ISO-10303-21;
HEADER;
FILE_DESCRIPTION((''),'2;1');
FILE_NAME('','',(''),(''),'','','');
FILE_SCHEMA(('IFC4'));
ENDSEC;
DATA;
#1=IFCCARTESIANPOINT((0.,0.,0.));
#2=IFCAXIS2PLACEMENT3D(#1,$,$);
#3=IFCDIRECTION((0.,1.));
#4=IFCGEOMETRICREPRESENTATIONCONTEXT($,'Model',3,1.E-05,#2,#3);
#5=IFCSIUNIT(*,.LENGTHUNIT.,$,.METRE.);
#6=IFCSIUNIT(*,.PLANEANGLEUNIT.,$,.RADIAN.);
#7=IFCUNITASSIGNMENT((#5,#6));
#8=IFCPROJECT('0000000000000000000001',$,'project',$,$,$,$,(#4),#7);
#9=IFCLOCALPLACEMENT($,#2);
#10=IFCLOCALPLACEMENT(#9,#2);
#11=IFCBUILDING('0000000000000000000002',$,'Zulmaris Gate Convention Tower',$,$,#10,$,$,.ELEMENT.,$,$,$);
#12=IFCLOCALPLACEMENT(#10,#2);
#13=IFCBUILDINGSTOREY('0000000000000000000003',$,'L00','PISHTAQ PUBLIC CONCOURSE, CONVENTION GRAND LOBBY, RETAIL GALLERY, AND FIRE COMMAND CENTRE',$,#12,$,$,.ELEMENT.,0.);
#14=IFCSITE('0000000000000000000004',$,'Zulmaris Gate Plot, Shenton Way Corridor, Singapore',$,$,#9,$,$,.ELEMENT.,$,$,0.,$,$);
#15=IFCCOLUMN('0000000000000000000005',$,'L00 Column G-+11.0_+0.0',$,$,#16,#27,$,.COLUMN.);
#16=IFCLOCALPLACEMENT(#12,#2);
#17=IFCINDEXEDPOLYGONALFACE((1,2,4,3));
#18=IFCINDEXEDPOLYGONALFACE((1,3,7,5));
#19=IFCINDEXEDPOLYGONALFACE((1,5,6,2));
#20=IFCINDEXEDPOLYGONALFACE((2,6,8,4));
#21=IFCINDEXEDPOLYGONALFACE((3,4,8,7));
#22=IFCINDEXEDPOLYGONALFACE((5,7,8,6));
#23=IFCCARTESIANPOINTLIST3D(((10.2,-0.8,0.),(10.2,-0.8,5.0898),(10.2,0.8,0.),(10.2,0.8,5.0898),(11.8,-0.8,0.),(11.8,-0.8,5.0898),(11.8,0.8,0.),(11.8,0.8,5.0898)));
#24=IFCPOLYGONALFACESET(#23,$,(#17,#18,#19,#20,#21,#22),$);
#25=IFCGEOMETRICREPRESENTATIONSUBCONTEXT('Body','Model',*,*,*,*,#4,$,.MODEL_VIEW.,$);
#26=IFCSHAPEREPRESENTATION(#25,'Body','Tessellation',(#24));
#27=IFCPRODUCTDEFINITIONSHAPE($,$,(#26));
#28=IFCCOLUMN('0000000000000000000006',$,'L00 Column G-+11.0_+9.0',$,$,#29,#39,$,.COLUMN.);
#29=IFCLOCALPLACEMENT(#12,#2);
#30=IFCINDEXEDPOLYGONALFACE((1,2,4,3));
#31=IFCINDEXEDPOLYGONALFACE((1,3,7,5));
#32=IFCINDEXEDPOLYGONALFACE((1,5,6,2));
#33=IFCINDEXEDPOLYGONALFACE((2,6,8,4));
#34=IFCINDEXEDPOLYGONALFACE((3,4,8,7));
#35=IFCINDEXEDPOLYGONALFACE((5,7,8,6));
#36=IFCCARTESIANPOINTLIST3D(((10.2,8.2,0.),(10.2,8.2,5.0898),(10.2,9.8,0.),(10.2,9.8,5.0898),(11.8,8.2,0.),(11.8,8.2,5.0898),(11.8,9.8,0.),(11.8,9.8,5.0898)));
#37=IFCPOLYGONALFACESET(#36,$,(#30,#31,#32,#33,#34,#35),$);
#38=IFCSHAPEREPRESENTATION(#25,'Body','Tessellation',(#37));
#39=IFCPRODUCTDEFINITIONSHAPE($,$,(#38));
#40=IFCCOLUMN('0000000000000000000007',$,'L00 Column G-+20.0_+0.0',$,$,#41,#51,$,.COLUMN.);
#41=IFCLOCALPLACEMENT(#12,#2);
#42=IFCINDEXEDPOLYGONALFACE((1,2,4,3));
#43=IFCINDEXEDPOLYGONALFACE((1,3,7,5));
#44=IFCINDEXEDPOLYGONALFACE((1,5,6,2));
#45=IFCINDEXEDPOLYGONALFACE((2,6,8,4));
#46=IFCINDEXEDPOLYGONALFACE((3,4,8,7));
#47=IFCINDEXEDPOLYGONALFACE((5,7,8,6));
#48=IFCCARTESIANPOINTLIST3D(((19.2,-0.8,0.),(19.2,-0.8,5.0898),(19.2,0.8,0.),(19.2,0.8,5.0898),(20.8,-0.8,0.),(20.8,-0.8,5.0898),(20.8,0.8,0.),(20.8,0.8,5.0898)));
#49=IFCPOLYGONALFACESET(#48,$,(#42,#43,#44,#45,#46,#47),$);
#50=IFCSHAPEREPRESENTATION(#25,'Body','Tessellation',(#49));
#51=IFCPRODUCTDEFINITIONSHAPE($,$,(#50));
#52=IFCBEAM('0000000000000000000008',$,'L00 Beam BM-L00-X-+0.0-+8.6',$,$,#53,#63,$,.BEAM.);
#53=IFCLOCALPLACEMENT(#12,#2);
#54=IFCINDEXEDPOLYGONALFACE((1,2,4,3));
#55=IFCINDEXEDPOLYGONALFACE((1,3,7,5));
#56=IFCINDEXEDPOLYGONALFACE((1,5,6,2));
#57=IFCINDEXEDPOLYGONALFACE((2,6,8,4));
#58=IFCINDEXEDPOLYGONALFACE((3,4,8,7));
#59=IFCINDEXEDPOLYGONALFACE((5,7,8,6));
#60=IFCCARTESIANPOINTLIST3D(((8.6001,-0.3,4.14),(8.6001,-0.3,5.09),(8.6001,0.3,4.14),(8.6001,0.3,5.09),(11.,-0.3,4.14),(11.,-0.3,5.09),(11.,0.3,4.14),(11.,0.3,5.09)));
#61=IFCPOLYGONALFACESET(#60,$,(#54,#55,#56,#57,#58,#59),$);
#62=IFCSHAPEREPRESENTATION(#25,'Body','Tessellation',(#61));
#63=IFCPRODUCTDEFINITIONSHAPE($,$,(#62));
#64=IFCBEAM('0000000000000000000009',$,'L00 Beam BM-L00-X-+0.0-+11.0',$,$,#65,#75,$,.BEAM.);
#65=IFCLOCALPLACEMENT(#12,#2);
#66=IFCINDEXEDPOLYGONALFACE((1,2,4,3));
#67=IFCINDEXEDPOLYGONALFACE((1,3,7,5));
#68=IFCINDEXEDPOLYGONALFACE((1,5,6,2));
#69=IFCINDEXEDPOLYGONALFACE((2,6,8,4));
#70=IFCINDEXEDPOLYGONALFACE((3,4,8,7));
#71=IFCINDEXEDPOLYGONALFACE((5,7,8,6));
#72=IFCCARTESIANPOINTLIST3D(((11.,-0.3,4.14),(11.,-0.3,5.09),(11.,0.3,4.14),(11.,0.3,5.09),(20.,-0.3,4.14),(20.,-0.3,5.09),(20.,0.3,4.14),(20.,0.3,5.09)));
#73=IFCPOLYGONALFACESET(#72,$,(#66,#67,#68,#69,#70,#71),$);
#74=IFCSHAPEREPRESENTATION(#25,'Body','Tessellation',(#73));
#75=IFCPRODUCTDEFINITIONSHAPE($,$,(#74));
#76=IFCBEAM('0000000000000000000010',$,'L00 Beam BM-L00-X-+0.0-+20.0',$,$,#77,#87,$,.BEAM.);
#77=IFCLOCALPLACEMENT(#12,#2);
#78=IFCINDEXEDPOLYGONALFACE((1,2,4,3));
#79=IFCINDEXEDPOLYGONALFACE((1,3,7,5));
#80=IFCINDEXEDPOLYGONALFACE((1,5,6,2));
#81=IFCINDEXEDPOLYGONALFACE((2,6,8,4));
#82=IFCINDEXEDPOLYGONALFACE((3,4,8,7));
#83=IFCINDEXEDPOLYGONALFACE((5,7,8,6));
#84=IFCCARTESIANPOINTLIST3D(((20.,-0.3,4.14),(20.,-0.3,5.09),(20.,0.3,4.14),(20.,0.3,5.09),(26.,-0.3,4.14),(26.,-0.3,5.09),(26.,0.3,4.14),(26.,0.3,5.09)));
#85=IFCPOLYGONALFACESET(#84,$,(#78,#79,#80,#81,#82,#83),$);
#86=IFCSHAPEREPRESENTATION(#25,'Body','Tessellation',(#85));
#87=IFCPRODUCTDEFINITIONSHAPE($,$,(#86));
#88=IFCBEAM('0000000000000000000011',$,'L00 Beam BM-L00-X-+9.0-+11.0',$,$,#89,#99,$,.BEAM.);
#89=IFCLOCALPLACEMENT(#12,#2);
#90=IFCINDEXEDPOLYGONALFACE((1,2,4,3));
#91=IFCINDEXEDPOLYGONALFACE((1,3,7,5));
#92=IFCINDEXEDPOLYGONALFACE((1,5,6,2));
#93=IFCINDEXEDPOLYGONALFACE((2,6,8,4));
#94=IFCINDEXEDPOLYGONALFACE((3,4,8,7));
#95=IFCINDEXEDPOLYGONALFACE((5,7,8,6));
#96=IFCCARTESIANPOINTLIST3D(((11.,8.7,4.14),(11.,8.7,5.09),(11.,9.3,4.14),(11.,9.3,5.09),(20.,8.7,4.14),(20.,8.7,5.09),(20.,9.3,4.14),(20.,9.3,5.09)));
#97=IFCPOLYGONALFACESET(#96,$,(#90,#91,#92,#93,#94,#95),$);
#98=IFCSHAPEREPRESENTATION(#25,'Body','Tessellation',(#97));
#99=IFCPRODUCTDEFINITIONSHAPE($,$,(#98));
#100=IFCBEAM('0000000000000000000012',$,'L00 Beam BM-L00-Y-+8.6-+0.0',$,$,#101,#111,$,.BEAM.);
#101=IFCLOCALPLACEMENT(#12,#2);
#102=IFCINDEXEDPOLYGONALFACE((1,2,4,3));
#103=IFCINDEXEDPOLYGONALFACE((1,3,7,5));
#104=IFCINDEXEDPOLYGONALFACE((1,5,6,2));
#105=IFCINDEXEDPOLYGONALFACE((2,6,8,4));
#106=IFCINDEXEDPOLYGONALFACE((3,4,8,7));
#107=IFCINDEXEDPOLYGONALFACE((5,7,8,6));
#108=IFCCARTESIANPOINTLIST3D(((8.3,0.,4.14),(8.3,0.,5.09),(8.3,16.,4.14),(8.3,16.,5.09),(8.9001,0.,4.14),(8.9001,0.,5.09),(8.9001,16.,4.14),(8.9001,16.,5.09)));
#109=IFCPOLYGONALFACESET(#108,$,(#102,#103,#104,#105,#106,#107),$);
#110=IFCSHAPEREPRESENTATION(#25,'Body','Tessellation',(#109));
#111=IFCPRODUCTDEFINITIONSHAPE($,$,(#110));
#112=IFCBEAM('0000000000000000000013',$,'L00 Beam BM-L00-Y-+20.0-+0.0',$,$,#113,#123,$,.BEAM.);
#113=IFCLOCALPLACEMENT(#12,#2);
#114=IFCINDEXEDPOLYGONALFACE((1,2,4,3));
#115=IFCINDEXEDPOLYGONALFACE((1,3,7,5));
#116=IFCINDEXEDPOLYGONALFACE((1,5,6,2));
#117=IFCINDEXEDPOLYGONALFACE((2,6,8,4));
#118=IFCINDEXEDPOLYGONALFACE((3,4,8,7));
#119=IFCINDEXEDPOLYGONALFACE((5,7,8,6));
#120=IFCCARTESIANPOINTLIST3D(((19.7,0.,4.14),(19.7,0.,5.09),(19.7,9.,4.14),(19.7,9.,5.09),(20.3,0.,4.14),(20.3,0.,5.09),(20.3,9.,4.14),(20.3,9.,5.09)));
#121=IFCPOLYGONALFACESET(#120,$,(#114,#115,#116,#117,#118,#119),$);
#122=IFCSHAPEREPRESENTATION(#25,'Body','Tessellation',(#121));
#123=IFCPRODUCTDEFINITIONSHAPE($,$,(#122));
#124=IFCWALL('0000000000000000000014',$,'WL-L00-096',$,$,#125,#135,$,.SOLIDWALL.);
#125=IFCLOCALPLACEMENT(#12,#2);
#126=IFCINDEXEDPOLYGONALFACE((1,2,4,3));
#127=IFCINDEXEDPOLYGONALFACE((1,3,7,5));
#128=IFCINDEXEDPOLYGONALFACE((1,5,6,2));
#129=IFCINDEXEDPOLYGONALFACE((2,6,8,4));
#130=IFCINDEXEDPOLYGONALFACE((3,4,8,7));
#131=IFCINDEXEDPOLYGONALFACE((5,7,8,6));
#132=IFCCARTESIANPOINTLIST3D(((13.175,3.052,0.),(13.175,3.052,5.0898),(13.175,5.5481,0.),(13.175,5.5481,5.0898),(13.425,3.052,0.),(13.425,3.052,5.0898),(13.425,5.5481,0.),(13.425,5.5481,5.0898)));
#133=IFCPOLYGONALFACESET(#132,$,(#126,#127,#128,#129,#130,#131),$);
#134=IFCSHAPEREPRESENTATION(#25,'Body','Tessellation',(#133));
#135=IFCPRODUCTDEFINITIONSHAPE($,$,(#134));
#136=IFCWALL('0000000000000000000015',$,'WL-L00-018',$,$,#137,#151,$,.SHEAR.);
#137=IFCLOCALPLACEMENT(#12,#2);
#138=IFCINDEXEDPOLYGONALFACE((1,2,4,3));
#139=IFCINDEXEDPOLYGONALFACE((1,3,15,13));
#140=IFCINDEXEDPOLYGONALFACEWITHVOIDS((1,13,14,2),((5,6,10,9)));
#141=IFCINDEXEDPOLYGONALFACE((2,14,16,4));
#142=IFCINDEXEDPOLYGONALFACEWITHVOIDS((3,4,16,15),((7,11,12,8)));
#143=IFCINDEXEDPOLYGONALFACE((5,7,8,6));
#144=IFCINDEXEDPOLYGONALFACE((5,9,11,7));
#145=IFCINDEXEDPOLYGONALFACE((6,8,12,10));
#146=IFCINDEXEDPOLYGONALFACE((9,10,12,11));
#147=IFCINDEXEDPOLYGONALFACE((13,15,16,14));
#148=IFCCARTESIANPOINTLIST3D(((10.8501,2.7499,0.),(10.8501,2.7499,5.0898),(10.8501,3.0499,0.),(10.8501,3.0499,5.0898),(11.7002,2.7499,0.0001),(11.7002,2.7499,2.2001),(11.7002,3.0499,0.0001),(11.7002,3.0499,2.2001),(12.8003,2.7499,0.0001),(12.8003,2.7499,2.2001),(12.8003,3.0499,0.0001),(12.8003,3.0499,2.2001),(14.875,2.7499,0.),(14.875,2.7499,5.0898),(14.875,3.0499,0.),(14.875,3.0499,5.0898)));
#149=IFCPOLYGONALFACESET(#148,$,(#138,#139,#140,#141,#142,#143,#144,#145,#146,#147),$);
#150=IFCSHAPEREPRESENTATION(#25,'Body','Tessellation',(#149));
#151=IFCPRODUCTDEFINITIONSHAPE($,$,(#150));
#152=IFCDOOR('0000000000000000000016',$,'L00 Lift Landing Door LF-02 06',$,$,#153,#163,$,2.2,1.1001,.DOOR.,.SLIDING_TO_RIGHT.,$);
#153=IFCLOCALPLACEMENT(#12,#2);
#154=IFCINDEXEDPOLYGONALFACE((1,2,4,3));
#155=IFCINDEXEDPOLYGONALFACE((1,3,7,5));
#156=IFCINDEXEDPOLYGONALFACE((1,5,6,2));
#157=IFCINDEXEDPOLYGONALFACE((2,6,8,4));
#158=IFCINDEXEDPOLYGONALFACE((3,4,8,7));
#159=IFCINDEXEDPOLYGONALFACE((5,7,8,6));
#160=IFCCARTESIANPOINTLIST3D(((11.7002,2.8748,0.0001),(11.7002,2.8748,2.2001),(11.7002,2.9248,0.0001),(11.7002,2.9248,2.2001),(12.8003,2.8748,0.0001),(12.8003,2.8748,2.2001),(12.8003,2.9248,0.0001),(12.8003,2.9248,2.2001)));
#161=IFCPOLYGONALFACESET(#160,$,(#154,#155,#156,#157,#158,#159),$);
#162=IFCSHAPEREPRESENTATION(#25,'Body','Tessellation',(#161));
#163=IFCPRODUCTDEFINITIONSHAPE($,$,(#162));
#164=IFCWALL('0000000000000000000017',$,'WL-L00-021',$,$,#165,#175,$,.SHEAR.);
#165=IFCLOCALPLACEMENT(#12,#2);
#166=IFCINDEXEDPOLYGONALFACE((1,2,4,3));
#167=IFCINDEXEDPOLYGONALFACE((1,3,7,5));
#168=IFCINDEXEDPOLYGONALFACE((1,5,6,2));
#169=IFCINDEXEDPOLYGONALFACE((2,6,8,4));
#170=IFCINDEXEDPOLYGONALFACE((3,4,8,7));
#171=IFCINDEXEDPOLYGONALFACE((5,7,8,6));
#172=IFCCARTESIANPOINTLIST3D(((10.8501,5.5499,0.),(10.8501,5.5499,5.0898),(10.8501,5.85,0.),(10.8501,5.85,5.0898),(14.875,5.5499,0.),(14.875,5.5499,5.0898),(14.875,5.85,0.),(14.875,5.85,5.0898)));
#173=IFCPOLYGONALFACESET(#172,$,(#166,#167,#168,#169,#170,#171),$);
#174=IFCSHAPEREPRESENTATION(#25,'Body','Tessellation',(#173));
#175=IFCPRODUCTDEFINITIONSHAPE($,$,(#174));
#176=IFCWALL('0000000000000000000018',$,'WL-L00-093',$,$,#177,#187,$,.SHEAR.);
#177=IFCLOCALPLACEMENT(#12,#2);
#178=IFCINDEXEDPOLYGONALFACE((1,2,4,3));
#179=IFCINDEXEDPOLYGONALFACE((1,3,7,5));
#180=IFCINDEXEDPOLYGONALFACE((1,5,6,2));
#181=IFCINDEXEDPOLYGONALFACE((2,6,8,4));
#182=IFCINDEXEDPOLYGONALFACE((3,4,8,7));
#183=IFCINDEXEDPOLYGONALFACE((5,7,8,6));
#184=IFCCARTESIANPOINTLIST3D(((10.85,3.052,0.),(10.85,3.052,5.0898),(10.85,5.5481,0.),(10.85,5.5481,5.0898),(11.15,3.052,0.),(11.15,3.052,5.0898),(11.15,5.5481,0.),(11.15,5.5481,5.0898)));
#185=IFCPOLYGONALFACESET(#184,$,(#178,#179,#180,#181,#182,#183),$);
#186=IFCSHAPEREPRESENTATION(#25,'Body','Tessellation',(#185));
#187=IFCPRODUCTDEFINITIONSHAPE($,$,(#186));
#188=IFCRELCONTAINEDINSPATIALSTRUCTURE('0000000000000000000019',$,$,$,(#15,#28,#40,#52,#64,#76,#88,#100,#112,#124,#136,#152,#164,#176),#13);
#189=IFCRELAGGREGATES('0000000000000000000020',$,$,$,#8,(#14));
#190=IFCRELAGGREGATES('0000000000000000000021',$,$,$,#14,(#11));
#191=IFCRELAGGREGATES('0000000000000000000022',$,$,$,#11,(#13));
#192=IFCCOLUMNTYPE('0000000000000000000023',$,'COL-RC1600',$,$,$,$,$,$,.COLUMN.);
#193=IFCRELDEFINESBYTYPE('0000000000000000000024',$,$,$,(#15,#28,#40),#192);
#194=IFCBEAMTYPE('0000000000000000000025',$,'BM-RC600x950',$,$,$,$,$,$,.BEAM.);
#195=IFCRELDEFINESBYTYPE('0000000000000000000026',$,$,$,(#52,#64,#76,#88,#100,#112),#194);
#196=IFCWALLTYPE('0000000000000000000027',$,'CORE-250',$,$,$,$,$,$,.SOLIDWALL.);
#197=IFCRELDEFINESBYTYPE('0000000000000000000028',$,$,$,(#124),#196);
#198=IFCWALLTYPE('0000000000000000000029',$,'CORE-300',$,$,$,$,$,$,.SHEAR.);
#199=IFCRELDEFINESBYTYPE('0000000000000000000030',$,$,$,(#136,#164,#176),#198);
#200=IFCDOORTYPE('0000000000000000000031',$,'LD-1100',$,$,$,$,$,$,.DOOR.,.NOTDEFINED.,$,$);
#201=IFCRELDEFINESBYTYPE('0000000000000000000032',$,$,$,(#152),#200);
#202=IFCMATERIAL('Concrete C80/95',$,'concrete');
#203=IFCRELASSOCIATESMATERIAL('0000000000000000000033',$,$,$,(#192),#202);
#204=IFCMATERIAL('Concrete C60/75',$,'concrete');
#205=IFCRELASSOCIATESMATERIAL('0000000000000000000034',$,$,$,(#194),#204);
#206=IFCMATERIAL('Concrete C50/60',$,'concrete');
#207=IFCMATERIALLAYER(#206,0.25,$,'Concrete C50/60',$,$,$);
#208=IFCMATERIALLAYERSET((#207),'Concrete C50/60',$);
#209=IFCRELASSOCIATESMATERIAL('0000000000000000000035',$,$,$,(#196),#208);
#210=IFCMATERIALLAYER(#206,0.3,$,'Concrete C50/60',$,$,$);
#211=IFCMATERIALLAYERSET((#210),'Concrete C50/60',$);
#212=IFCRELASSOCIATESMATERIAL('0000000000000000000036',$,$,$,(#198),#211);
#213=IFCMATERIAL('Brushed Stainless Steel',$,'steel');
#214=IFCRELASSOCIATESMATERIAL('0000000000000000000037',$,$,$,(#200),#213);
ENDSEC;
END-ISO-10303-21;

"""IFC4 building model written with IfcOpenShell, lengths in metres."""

from ifc_helpers import new_model, si_unit, direction, frame, frame_2d, origin, origin_2d, place, context, subcontext, project, spatial, rectangle, extrude, material, layer, layer_set, material_profile, profile_set, type_object, element, fill, save


model = new_model("IFC4")

# Units and contexts
model_context = context("Model", 3, precision=1e-05, world=origin(), true_north=direction((0.0, 1.0)))
body_context = subcontext(model_context, "Body", "Model", "MODEL_VIEW")
ifc_project = project(units=[si_unit("LENGTHUNIT", "METRE"), si_unit("PLANEANGLEUNIT", "RADIAN")], contexts=[model_context])

# Site, building, storey
site_placement = place(None, origin())
site = spatial("IfcSite", under=ifc_project, at=site_placement, Name="Zulmaris Gate Plot, Shenton Way Corridor, Singapore", CompositionType="ELEMENT", RefElevation=0.0)
building_placement = place(site_placement, origin())
building = spatial("IfcBuilding", under=site, at=building_placement, Name="Zulmaris Gate Convention Tower", CompositionType="ELEMENT")
storey_placement = place(building_placement, origin())
storey = spatial("IfcBuildingStorey", under=building, at=storey_placement, Name="L00", Description="PISHTAQ PUBLIC CONCOURSE, CONVENTION GRAND LOBBY, RETAIL GALLERY, AND FIRE COMMAND CENTRE", CompositionType="ELEMENT", Elevation=0.0)

# Columns
ifc_material_1 = material(Name="Concrete C80/95", Category="concrete")
ifc_material_profile_1 = material_profile(ifc_material_1, rectangle(XDim=1.6001, YDim=1.6001, at=origin_2d()), Name="RC COL 1600x1600")
ifc_profile_set_1 = profile_set([ifc_material_profile_1], Name="Concrete C80/95")
column_type = type_object("IfcColumnType", Name="COL-RC1600", PredefinedType="COLUMN", material=ifc_profile_set_1)
for number, where, z_axis, x_axis, name in (
    (1, (11.0, 0.0, 0.0), (0.0, 0.0, 1.0), (1.0, 0.0, 0.0), "L00 Column G-+11.0_+0.0"),
    (2, (11.0, 9.0, 0.0), (0.0, 0.0, 1.0), (1.0, 0.0, 0.0), "L00 Column G-+11.0_+9.0"),
    (3, (20.0, 0.0, 0.0), (0.0, 0.0, 1.0), (1.0, 0.0, 0.0), "L00 Column G-+20.0_+0.0"),
):
    element("IfcColumn", number, at=place(storey_placement, frame(where, z_axis=z_axis, x_axis=x_axis)), inside=storey, type_object=column_type, Name=name, PredefinedType="COLUMN", context=body_context, shape_type="SweptSolid", body=[
        extrude(rectangle(XDim=1.6001, YDim=1.6001, at=origin_2d()), origin(), (0.0, 0.0, 1.0), 5.0898),
    ])

# Beams
ifc_material_2 = material(Name="Concrete C60/75", Category="concrete")
ifc_material_profile_2 = material_profile(ifc_material_2, rectangle(XDim=0.6001, YDim=0.95, at=origin_2d()), Name="RC BEAM 600x950")
ifc_profile_set_2 = profile_set([ifc_material_profile_2], Name="Concrete C60/75")
beam_type = type_object("IfcBeamType", Name="BM-RC600x950", PredefinedType="BEAM", material=ifc_profile_set_2)
beam_1_placement = place(storey_placement, frame((8.6001, 0.0, 4.615), z_axis=(1.0, 0.0, 0.0), x_axis=(0.0, 1.0, 0.0)))
element("IfcBeam", 4, at=beam_1_placement, inside=storey, type_object=beam_type, Name="L00 Beam BM-L00-X-+0.0-+8.6", PredefinedType="BEAM", context=body_context, shape_type="SweptSolid", body=[
    extrude(rectangle(XDim=0.6001, YDim=0.95, at=origin_2d()), origin(), (0.0, 0.0, 1.0), 2.3999),
])
beam_2_placement = place(storey_placement, frame((11.0, 0.0, 4.615), z_axis=(1.0, 0.0, 0.0), x_axis=(0.0, 1.0, 0.0)))
element("IfcBeam", 5, at=beam_2_placement, inside=storey, type_object=beam_type, Name="L00 Beam BM-L00-X-+0.0-+11.0", PredefinedType="BEAM", context=body_context, shape_type="SweptSolid", body=[
    extrude(rectangle(XDim=0.6001, YDim=0.95, at=origin_2d()), origin(), (0.0, 0.0, 1.0), 9.0),
])
beam_3_placement = place(storey_placement, frame((20.0, 0.0, 4.615), z_axis=(1.0, 0.0, 0.0), x_axis=(0.0, 1.0, 0.0)))
element("IfcBeam", 6, at=beam_3_placement, inside=storey, type_object=beam_type, Name="L00 Beam BM-L00-X-+0.0-+20.0", PredefinedType="BEAM", context=body_context, shape_type="SweptSolid", body=[
    extrude(rectangle(XDim=0.6001, YDim=0.95, at=origin_2d()), origin(), (0.0, 0.0, 1.0), 6.0),
])
beam_4_placement = place(storey_placement, frame((11.0, 9.0, 4.615), z_axis=(1.0, 0.0, 0.0), x_axis=(0.0, 1.0, 0.0)))
element("IfcBeam", 7, at=beam_4_placement, inside=storey, type_object=beam_type, Name="L00 Beam BM-L00-X-+9.0-+11.0", PredefinedType="BEAM", context=body_context, shape_type="SweptSolid", body=[
    extrude(rectangle(XDim=0.6001, YDim=0.95, at=origin_2d()), origin(), (0.0, 0.0, 1.0), 9.0),
])
beam_5_placement = place(storey_placement, frame((8.6001, 0.0, 4.615), z_axis=(0.0, 1.0, 0.0), x_axis=(-1.0, 0.0, 0.0)))
element("IfcBeam", 8, at=beam_5_placement, inside=storey, type_object=beam_type, Name="L00 Beam BM-L00-Y-+8.6-+0.0", PredefinedType="BEAM", context=body_context, shape_type="SweptSolid", body=[
    extrude(rectangle(XDim=0.6001, YDim=0.95, at=origin_2d()), origin(), (0.0, 0.0, 1.0), 16.0),
])
beam_6_placement = place(storey_placement, frame((20.0, 0.0, 4.615), z_axis=(0.0, 1.0, 0.0), x_axis=(-1.0, 0.0, 0.0)))
element("IfcBeam", 9, at=beam_6_placement, inside=storey, type_object=beam_type, Name="L00 Beam BM-L00-Y-+20.0-+0.0", PredefinedType="BEAM", context=body_context, shape_type="SweptSolid", body=[
    extrude(rectangle(XDim=0.6001, YDim=0.95, at=origin_2d()), origin(), (0.0, 0.0, 1.0), 9.0),
])

# Wall
ifc_material_3 = material(Name="Concrete C50/60", Category="concrete")
ifc_layer_1 = layer(ifc_material_3, 0.25, Name="Concrete C50/60")
ifc_layer_set_1 = layer_set([ifc_layer_1], Name="Concrete C50/60")
wall_type_1 = type_object("IfcWallType", Name="CORE-250", PredefinedType="SOLIDWALL", material=ifc_layer_set_1)
wall_1_placement = place(storey_placement, frame((13.3, 3.052, 0.0), z_axis=(0.0, 0.0, 1.0), x_axis=(0.0, 1.0, 0.0)))
element("IfcWall", 10, at=wall_1_placement, inside=storey, type_object=wall_type_1, Name="WL-L00-096", PredefinedType="SOLIDWALL", context=body_context, shape_type="SweptSolid", body=[
    extrude(rectangle(XDim=2.4961, YDim=0.25, at=frame_2d((1.248, 0.0))), origin(), (0.0, 0.0, 1.0), 5.0898),
])

# Wall, opening, door
ifc_layer_2 = layer(ifc_material_3, 0.3, Name="Concrete C50/60")
ifc_layer_set_2 = layer_set([ifc_layer_2], Name="Concrete C50/60")
wall_type_2 = type_object("IfcWallType", Name="CORE-300", PredefinedType="SHEAR", material=ifc_layer_set_2)
wall_2_placement = place(storey_placement, frame((10.8501, 2.8999, 0.0), z_axis=(0.0, 0.0, 1.0), x_axis=(1.0, 0.0, 0.0)))
wall_2 = element("IfcWall", 11, at=wall_2_placement, inside=storey, type_object=wall_type_2, Name="WL-L00-018", PredefinedType="SHEAR", context=body_context, shape_type="SweptSolid", body=[
    extrude(rectangle(XDim=4.0249, YDim=0.3, at=frame_2d((2.0125, 0.0))), origin(), (0.0, 0.0, 1.0), 5.0898),
])
opening_1_placement = place(wall_2_placement, frame((0.8501, 0.0, 0.0)))
opening_1 = element("IfcOpeningElement", 12, at=opening_1_placement, cuts=wall_2, PredefinedType="OPENING", context=body_context, shape_type="SweptSolid", body=[
    extrude(rectangle(XDim=1.1001, YDim=2.2, at=frame_2d((0.55, 1.1001))), frame((0.0, 0.1602, 0.0), z_axis=(0.0, -1.0, 0.0), x_axis=(1.0, 0.0, 0.0)), (0.0, 0.0, 1.0), 0.3201),
])
ifc_material_4 = material(Name="Brushed Stainless Steel", Category="steel")
door_type_1 = type_object("IfcDoorType", Name="LD-1100", OperationType="NOTDEFINED", PredefinedType="DOOR", material=ifc_material_4)
door_1_placement = place(opening_1_placement, origin())
door_1 = element("IfcDoor", 13, at=door_1_placement, inside=storey, type_object=door_type_1, Name="L00 Lift Landing Door LF-02 06", OperationType="SLIDING_TO_RIGHT", OverallHeight=2.2, OverallWidth=1.1001, PredefinedType="DOOR", context=body_context, shape_type="SweptSolid", body=[
    extrude(rectangle(XDim=1.1001, YDim=2.2, at=frame_2d((0.55, 1.1001))), frame((0.0, 0.0249, 0.0), z_axis=(0.0, -1.0, 0.0), x_axis=(1.0, 0.0, 0.0)), (0.0, 0.0, 1.0), 0.05),
])
fill(opening_1, door_1)

# Wall
wall_3_placement = place(storey_placement, frame((10.8501, 5.7, 0.0), z_axis=(0.0, 0.0, 1.0), x_axis=(1.0, 0.0, 0.0)))
element("IfcWall", 14, at=wall_3_placement, inside=storey, type_object=wall_type_2, Name="WL-L00-021", PredefinedType="SHEAR", context=body_context, shape_type="SweptSolid", body=[
    extrude(rectangle(XDim=4.0249, YDim=0.3, at=frame_2d((2.0125, 0.0))), origin(), (0.0, 0.0, 1.0), 5.0898),
])

# Wall
wall_4_placement = place(storey_placement, frame((11.0, 3.052, 0.0), z_axis=(0.0, 0.0, 1.0), x_axis=(0.0, 1.0, 0.0)))
element("IfcWall", 15, at=wall_4_placement, inside=storey, type_object=wall_type_2, Name="WL-L00-093", PredefinedType="SHEAR", context=body_context, shape_type="SweptSolid", body=[
    extrude(rectangle(XDim=2.4961, YDim=0.3, at=frame_2d((1.248, 0.0))), origin(), (0.0, 0.0, 1.0), 5.0898),
])

save(model, "model.ifc")
